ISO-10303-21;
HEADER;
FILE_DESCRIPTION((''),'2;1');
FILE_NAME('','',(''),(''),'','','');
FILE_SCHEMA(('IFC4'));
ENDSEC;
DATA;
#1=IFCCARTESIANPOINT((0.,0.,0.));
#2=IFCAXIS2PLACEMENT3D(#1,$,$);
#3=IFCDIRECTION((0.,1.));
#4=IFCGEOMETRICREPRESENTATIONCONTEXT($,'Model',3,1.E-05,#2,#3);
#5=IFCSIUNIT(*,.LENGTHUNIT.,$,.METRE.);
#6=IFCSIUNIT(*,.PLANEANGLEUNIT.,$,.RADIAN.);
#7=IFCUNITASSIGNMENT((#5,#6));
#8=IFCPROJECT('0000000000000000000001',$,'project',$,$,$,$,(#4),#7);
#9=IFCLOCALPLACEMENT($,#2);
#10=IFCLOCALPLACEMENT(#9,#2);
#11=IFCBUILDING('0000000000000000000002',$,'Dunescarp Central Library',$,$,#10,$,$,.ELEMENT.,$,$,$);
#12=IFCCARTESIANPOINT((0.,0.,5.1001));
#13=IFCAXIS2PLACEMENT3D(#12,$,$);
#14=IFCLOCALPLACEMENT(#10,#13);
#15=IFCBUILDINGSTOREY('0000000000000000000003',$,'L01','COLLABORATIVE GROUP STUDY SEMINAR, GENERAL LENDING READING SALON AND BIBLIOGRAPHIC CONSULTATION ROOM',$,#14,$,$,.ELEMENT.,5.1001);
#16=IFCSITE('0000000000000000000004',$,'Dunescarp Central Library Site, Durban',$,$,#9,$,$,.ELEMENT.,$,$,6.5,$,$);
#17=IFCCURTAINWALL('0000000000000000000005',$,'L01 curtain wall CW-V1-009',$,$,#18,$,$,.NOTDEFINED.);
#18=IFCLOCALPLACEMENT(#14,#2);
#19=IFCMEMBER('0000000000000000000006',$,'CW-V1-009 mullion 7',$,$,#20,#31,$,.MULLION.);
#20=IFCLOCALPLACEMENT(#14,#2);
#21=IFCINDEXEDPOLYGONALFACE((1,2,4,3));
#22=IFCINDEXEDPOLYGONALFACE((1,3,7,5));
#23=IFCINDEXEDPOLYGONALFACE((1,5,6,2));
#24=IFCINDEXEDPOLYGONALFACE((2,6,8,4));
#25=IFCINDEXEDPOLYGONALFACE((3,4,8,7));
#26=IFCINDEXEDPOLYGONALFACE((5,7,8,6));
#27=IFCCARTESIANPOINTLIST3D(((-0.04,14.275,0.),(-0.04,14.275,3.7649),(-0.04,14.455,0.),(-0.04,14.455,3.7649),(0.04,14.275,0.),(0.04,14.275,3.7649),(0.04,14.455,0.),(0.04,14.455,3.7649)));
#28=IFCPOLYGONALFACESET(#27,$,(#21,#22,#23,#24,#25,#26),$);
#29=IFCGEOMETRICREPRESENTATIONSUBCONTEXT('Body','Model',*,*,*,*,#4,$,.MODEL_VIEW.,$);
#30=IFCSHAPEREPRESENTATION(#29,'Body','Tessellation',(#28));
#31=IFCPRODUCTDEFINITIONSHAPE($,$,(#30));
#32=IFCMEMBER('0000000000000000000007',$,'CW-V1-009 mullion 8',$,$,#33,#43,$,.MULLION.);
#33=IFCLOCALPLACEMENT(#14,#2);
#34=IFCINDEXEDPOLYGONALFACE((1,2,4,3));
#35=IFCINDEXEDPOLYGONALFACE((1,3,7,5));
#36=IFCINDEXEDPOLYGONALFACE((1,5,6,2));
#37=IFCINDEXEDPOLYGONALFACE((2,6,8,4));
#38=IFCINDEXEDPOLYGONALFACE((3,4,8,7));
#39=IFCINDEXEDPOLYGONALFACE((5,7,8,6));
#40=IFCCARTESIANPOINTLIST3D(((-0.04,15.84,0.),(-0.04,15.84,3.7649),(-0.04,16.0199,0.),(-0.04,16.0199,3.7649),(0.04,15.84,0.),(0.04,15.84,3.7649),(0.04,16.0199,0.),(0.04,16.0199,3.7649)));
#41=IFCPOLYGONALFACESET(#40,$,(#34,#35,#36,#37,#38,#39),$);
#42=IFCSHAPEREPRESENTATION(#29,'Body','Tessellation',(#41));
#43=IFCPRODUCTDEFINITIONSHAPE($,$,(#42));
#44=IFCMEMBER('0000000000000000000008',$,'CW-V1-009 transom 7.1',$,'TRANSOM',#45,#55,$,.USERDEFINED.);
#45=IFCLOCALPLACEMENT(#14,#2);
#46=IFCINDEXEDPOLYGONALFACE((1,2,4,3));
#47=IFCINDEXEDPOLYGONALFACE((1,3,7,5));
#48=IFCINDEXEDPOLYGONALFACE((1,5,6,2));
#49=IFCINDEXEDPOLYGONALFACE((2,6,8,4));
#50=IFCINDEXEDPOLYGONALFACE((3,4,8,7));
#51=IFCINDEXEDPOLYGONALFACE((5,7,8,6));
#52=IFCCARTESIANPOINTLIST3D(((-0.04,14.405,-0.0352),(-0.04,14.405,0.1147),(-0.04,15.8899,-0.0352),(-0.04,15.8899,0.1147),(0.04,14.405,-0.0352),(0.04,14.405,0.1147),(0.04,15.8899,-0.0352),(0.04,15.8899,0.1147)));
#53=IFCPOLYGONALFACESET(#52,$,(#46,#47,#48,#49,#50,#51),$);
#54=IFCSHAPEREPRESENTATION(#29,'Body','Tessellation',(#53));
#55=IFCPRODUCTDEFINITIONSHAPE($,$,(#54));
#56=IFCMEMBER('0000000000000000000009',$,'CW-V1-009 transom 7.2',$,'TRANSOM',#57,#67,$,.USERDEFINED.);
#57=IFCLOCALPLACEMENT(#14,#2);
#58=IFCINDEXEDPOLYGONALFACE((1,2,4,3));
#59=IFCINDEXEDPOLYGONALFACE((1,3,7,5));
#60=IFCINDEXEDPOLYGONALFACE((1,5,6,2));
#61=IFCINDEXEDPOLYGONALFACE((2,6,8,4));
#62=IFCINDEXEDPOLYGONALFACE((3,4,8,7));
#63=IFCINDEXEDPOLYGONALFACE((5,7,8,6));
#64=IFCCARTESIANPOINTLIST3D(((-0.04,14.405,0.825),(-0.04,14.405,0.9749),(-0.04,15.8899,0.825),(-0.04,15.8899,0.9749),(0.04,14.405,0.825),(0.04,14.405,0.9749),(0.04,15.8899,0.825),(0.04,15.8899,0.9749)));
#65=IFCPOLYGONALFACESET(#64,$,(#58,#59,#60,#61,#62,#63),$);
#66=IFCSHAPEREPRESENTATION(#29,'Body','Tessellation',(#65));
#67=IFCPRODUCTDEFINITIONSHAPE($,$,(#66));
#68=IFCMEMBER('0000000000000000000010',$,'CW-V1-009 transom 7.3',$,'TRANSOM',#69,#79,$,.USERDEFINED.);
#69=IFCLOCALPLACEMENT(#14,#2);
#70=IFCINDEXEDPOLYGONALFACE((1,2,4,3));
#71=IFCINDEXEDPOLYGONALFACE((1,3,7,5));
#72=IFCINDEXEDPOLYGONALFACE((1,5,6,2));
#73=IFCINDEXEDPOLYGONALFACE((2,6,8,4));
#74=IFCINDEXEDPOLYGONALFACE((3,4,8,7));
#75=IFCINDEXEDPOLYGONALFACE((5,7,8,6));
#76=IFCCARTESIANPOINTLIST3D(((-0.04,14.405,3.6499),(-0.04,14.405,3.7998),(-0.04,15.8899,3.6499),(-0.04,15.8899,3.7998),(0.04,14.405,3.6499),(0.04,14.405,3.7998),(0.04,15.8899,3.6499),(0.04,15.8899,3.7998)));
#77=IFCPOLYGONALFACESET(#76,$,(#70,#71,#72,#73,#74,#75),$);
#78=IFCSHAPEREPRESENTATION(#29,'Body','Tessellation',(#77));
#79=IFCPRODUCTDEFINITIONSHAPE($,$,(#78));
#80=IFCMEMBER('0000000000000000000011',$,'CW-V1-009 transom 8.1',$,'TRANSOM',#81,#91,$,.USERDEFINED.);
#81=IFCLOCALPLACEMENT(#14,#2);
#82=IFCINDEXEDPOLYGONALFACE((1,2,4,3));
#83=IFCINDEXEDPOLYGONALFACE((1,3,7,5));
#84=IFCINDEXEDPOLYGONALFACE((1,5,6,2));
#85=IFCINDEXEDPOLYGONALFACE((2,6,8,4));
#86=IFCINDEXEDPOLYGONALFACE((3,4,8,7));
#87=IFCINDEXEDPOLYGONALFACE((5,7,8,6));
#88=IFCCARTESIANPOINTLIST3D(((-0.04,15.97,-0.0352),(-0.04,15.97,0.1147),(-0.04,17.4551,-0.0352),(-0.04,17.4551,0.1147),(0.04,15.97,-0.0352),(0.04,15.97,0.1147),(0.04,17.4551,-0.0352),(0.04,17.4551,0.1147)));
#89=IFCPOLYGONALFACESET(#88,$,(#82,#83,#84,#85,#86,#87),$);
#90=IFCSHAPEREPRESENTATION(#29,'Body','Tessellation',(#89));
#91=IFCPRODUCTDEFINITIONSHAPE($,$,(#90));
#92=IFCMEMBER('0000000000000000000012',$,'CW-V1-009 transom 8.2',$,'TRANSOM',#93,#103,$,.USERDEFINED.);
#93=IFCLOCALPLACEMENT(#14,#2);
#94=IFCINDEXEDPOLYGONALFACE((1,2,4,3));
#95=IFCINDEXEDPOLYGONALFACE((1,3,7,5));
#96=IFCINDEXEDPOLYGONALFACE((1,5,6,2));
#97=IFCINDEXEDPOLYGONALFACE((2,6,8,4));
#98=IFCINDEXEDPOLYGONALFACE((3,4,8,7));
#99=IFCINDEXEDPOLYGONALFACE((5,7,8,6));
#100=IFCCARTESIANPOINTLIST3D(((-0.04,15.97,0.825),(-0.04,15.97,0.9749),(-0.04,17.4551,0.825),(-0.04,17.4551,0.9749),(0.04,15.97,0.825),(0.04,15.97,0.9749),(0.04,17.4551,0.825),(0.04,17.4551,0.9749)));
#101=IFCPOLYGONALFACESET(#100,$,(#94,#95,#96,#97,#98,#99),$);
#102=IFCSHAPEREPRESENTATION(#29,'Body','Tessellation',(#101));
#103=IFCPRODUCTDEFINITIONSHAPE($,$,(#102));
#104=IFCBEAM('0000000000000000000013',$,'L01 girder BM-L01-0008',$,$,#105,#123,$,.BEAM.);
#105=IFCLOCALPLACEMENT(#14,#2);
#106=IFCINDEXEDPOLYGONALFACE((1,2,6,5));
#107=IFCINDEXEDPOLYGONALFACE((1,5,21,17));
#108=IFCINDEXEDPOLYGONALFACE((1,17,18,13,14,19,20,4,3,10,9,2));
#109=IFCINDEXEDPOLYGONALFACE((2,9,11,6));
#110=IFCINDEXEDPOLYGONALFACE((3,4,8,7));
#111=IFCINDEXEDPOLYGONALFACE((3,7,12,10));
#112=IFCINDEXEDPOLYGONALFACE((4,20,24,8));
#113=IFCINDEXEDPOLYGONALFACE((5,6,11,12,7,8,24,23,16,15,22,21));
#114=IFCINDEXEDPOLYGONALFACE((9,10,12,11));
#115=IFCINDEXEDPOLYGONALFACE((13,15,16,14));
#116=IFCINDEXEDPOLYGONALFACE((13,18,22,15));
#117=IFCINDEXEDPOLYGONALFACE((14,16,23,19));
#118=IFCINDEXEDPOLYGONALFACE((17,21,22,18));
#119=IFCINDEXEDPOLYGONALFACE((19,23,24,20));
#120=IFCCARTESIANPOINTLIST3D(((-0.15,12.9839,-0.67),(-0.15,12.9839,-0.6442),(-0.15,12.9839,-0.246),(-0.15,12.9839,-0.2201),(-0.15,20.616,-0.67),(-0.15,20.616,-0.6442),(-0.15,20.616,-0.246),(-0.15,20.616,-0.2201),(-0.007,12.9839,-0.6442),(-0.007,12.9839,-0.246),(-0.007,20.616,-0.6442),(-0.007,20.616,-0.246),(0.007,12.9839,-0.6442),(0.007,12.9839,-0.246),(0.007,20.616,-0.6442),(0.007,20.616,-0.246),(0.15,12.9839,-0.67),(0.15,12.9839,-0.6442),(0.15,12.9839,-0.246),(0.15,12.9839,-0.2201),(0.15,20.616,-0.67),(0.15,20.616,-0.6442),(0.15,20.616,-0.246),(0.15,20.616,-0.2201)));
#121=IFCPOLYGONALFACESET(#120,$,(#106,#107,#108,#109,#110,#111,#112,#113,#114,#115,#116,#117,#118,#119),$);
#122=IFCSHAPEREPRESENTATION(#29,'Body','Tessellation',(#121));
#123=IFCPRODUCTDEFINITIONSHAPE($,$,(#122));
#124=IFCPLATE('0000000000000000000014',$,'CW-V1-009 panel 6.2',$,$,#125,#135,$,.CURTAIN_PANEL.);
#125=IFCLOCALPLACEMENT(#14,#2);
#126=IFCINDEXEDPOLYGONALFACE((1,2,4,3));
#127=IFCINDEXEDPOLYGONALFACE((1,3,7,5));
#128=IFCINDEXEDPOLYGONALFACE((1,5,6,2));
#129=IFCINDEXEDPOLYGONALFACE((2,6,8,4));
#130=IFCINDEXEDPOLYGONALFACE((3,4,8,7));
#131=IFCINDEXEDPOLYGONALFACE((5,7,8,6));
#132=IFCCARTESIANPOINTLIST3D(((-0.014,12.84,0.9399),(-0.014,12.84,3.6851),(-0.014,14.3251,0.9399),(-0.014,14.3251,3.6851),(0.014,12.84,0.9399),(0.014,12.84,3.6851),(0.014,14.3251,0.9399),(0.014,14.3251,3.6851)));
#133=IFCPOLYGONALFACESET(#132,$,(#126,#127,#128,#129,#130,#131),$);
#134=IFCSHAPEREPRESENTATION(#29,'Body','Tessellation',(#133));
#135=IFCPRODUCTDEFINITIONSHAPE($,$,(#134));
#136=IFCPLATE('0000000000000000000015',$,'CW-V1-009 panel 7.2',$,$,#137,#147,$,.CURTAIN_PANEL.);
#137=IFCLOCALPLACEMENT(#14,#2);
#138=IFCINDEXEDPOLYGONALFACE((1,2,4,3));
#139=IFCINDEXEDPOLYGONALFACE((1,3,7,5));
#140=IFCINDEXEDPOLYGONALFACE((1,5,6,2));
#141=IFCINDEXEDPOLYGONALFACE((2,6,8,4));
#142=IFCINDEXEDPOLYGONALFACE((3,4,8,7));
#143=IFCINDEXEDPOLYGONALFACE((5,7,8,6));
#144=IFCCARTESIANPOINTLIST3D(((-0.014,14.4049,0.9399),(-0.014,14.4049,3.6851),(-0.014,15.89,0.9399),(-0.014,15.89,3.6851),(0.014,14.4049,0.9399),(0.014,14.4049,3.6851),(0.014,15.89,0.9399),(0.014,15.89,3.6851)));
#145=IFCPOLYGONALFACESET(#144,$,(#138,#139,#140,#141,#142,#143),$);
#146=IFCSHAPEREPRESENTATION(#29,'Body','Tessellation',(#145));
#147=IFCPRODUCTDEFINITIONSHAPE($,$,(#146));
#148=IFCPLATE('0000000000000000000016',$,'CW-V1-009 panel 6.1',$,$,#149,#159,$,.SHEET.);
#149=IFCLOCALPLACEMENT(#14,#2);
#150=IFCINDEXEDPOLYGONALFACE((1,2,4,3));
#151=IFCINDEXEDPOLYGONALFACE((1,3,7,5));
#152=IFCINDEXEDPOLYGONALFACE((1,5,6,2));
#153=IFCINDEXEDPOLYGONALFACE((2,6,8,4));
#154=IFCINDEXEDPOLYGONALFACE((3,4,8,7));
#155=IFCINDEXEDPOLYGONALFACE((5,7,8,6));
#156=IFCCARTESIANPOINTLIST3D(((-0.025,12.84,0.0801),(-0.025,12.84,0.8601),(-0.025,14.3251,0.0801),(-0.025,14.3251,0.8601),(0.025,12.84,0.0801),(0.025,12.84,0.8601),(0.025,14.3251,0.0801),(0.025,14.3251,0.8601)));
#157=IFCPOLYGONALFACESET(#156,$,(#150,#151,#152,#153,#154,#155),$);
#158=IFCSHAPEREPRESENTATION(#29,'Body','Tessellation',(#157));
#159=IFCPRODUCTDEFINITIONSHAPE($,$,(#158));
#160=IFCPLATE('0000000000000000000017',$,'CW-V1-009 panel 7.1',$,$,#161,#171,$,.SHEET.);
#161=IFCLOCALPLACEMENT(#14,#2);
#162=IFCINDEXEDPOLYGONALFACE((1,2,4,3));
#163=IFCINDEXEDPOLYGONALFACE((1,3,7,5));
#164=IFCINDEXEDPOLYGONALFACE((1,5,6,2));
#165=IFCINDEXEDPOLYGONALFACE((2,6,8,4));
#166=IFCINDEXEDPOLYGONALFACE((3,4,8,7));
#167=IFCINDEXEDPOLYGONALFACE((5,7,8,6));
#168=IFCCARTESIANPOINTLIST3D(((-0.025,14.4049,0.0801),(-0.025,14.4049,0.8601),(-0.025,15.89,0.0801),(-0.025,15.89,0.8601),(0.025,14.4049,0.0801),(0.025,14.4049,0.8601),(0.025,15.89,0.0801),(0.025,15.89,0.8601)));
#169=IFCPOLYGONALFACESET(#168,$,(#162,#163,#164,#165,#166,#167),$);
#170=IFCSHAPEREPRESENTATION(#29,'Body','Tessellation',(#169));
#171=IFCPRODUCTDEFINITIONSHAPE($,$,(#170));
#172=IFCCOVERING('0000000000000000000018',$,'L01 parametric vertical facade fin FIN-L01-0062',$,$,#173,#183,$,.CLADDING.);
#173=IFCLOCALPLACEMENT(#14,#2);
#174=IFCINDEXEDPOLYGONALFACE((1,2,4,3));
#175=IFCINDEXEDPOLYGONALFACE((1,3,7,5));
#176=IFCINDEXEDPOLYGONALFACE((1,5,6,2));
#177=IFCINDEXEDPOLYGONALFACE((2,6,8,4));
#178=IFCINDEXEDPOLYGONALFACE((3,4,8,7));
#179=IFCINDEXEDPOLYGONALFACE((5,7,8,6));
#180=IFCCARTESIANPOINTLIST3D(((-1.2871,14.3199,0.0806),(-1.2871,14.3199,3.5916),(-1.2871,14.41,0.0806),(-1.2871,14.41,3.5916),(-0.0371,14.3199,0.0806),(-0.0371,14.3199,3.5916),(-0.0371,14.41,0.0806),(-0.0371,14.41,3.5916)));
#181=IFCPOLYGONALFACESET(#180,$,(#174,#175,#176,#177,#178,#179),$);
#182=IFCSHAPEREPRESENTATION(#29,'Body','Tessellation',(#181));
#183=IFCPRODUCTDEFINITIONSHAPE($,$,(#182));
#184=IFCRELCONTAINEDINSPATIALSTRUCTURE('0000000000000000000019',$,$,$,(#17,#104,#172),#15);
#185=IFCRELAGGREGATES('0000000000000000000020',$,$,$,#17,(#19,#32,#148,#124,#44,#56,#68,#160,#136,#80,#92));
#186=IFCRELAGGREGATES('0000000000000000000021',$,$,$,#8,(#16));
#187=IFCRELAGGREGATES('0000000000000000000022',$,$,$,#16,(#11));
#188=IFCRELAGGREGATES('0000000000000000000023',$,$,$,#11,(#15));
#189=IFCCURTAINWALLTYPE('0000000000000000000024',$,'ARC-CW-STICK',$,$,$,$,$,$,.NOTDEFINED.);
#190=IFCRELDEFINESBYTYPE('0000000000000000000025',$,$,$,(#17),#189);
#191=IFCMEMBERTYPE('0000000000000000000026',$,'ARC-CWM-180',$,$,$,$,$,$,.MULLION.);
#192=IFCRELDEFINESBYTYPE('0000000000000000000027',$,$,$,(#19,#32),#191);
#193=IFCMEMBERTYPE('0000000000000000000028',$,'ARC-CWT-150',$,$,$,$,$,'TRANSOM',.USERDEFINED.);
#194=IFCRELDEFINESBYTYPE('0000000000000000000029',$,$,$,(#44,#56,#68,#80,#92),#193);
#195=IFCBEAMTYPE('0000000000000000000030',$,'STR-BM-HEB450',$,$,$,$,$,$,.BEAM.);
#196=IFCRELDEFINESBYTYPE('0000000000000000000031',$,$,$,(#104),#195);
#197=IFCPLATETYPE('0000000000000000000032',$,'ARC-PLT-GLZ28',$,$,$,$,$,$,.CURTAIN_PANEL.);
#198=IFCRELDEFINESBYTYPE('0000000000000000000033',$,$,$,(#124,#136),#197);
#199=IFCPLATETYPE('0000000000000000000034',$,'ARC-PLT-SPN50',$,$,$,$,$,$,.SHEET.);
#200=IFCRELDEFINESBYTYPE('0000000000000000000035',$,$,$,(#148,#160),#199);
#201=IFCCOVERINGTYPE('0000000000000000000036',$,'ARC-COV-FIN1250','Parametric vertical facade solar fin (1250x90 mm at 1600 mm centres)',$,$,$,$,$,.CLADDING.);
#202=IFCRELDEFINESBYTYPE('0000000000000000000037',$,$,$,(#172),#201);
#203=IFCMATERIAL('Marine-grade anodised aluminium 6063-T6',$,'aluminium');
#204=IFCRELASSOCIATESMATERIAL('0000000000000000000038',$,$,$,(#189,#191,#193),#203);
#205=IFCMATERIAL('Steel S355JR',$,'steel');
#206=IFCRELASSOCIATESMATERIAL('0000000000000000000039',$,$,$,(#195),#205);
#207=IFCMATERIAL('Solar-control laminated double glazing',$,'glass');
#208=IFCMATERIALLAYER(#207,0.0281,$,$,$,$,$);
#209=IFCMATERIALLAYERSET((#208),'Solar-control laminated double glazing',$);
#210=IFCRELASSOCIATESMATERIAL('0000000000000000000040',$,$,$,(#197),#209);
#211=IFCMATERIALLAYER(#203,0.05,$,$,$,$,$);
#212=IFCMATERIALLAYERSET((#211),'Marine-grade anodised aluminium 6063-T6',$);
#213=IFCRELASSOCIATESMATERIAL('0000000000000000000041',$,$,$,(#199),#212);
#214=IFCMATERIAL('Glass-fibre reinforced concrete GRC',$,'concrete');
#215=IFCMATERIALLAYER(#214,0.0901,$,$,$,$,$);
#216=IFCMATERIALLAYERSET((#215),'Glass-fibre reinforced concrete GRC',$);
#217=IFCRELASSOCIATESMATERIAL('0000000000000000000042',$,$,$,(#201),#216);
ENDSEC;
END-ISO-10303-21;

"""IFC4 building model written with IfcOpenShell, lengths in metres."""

from ifc_helpers import new_model, si_unit, direction, frame, origin, origin_2d, place, context, subcontext, project, spatial, rectangle, i_section, extrude, material, layer, layer_set, material_profile, profile_set, type_object, element, aggregate, save


model = new_model("IFC4")

# Units and contexts
model_context = context("Model", 3, precision=1e-05, world=origin(), true_north=direction((0.0, 1.0)))
body_context = subcontext(model_context, "Body", "Model", "MODEL_VIEW")
ifc_project = project(units=[si_unit("LENGTHUNIT", "METRE"), si_unit("PLANEANGLEUNIT", "RADIAN")], contexts=[model_context])

# Site, building, storey
site_placement = place(None, origin())
site = spatial("IfcSite", under=ifc_project, at=site_placement, Name="Dunescarp Central Library Site, Durban", CompositionType="ELEMENT", RefElevation=6.5)
building_placement = place(site_placement, origin())
building = spatial("IfcBuilding", under=site, at=building_placement, Name="Dunescarp Central Library", CompositionType="ELEMENT")
storey_placement = place(building_placement, frame((0.0, 0.0, 5.1001)))
storey = spatial("IfcBuildingStorey", under=building, at=storey_placement, Name="L01", Description="COLLABORATIVE GROUP STUDY SEMINAR, GENERAL LENDING READING SALON AND BIBLIOGRAPHIC CONSULTATION ROOM", CompositionType="ELEMENT", Elevation=5.1001)

# Curtain wall, members
ifc_material_1 = material(Name="Marine-grade anodised aluminium 6063-T6", Category="aluminium")
curtain_wall_type = type_object("IfcCurtainWallType", Name="ARC-CW-STICK", PredefinedType="NOTDEFINED", material=ifc_material_1)
curtain_wall_placement = place(storey_placement, origin())
curtain_wall = element("IfcCurtainWall", 1, at=curtain_wall_placement, inside=storey, type_object=curtain_wall_type, Name="L01 curtain wall CW-V1-009", PredefinedType="NOTDEFINED")
ifc_material_profile_1 = material_profile(ifc_material_1, rectangle(XDim=0.0801, YDim=0.1799, at=origin_2d()), Name="AL 80x180")
ifc_profile_set_1 = profile_set([ifc_material_profile_1], Name="Marine-grade anodised aluminium 6063-T6")
member_type_1 = type_object("IfcMemberType", Name="ARC-CWM-180", PredefinedType="MULLION", material=ifc_profile_set_1)
member_1_placement = place(storey_placement, frame((0.0, 14.365, 0.0), z_axis=(0.0, 0.0, 1.0), x_axis=(-1.0, 0.0, 0.0)))
member_1 = element("IfcMember", 2, at=member_1_placement, type_object=member_type_1, Name="CW-V1-009 mullion 7", PredefinedType="MULLION", context=body_context, shape_type="SweptSolid", body=[
    extrude(rectangle(XDim=0.0801, YDim=0.1799, at=origin_2d()), origin(), (0.0, 0.0, 1.0), 3.7649),
])
member_2_placement = place(storey_placement, frame((0.0, 15.9299, 0.0), z_axis=(0.0, 0.0, 1.0), x_axis=(-1.0, 0.0, 0.0)))
member_2 = element("IfcMember", 3, at=member_2_placement, type_object=member_type_1, Name="CW-V1-009 mullion 8", PredefinedType="MULLION", context=body_context, shape_type="SweptSolid", body=[
    extrude(rectangle(XDim=0.0801, YDim=0.1799, at=origin_2d()), origin(), (0.0, 0.0, 1.0), 3.7649),
])
ifc_material_profile_2 = material_profile(ifc_material_1, rectangle(XDim=0.0801, YDim=0.1499, at=origin_2d()), Name="AL 80x150")
ifc_profile_set_2 = profile_set([ifc_material_profile_2], Name="Marine-grade anodised aluminium 6063-T6")
member_type_2 = type_object("IfcMemberType", Name="ARC-CWT-150", ElementType="TRANSOM", PredefinedType="USERDEFINED", material=ifc_profile_set_2)
member_3_placement = place(storey_placement, frame((0.0, 14.405, 0.0398), z_axis=(0.0, 1.0, 0.0), x_axis=(-1.0, 0.0, 0.0)))
member_3 = element("IfcMember", 4, at=member_3_placement, type_object=member_type_2, Name="CW-V1-009 transom 7.1", ObjectType="TRANSOM", PredefinedType="USERDEFINED", context=body_context, shape_type="SweptSolid", body=[
    extrude(rectangle(XDim=0.0801, YDim=0.1499, at=origin_2d()), origin(), (0.0, 0.0, 1.0), 1.4849),
])
member_4_placement = place(storey_placement, frame((0.0, 14.405, 0.8999), z_axis=(0.0, 1.0, 0.0), x_axis=(-1.0, 0.0, 0.0)))
member_4 = element("IfcMember", 5, at=member_4_placement, type_object=member_type_2, Name="CW-V1-009 transom 7.2", ObjectType="TRANSOM", PredefinedType="USERDEFINED", context=body_context, shape_type="SweptSolid", body=[
    extrude(rectangle(XDim=0.0801, YDim=0.1499, at=origin_2d()), origin(), (0.0, 0.0, 1.0), 1.4849),
])
member_5_placement = place(storey_placement, frame((0.0, 14.405, 3.7249), z_axis=(0.0, 1.0, 0.0), x_axis=(-1.0, 0.0, 0.0)))
member_5 = element("IfcMember", 6, at=member_5_placement, type_object=member_type_2, Name="CW-V1-009 transom 7.3", ObjectType="TRANSOM", PredefinedType="USERDEFINED", context=body_context, shape_type="SweptSolid", body=[
    extrude(rectangle(XDim=0.0801, YDim=0.1499, at=origin_2d()), origin(), (0.0, 0.0, 1.0), 1.4849),
])
member_6_placement = place(storey_placement, frame((0.0, 15.97, 0.0398), z_axis=(0.0, 1.0, 0.0), x_axis=(-1.0, 0.0, 0.0)))
member_6 = element("IfcMember", 7, at=member_6_placement, type_object=member_type_2, Name="CW-V1-009 transom 8.1", ObjectType="TRANSOM", PredefinedType="USERDEFINED", context=body_context, shape_type="SweptSolid", body=[
    extrude(rectangle(XDim=0.0801, YDim=0.1499, at=origin_2d()), origin(), (0.0, 0.0, 1.0), 1.4851),
])
member_7_placement = place(storey_placement, frame((0.0, 15.97, 0.8999), z_axis=(0.0, 1.0, 0.0), x_axis=(-1.0, 0.0, 0.0)))
member_7 = element("IfcMember", 8, at=member_7_placement, type_object=member_type_2, Name="CW-V1-009 transom 8.2", ObjectType="TRANSOM", PredefinedType="USERDEFINED", context=body_context, shape_type="SweptSolid", body=[
    extrude(rectangle(XDim=0.0801, YDim=0.1499, at=origin_2d()), origin(), (0.0, 0.0, 1.0), 1.4851),
])

# Beam
ifc_material_2 = material(Name="Steel S355JR", Category="steel")
ifc_material_profile_3 = material_profile(ifc_material_2, i_section(OverallWidth=0.3, OverallDepth=0.45, WebThickness=0.0139, FlangeThickness=0.0259, at=origin_2d()), Name="HEB 450")
ifc_profile_set_3 = profile_set([ifc_material_profile_3], Name="Steel S355JR")
beam_type = type_object("IfcBeamType", Name="STR-BM-HEB450", PredefinedType="BEAM", material=ifc_profile_set_3)
beam_placement = place(storey_placement, frame((0.0, 12.9839, -0.4451), z_axis=(0.0, 1.0, 0.0), x_axis=(-1.0, 0.0, 0.0)))
element("IfcBeam", 9, at=beam_placement, inside=storey, type_object=beam_type, Name="L01 girder BM-L01-0008", PredefinedType="BEAM", context=body_context, shape_type="SweptSolid", body=[
    extrude(i_section(OverallWidth=0.3, OverallDepth=0.45, WebThickness=0.0139, FlangeThickness=0.0259, at=origin_2d()), origin(), (0.0, 0.0, 1.0), 7.6321),
])

# Plates
ifc_material_3 = material(Name="Solar-control laminated double glazing", Category="glass")
ifc_layer_1 = layer(ifc_material_3, 0.0281)
ifc_layer_set_1 = layer_set([ifc_layer_1], Name="Solar-control laminated double glazing")
plate_type_1 = type_object("IfcPlateType", Name="ARC-PLT-GLZ28", PredefinedType="CURTAIN_PANEL", material=ifc_layer_set_1)
plate_1_placement = place(storey_placement, frame((0.0, 13.5825, 0.9399), z_axis=(0.0, 0.0, 1.0), x_axis=(0.0, 1.0, 0.0)))
plate_1 = element("IfcPlate", 10, at=plate_1_placement, type_object=plate_type_1, Name="CW-V1-009 panel 6.2", PredefinedType="CURTAIN_PANEL", context=body_context, shape_type="SweptSolid", body=[
    extrude(rectangle(XDim=1.4851, YDim=0.0281, at=origin_2d()), origin(), (0.0, 0.0, 1.0), 2.7451),
])
plate_2_placement = place(storey_placement, frame((0.0, 15.1475, 0.9399), z_axis=(0.0, 0.0, 1.0), x_axis=(0.0, 1.0, 0.0)))
plate_2 = element("IfcPlate", 11, at=plate_2_placement, type_object=plate_type_1, Name="CW-V1-009 panel 7.2", PredefinedType="CURTAIN_PANEL", context=body_context, shape_type="SweptSolid", body=[
    extrude(rectangle(XDim=1.4851, YDim=0.0281, at=origin_2d()), origin(), (0.0, 0.0, 1.0), 2.7451),
])
ifc_layer_2 = layer(ifc_material_1, 0.05)
ifc_layer_set_2 = layer_set([ifc_layer_2], Name="Marine-grade anodised aluminium 6063-T6")
plate_type_2 = type_object("IfcPlateType", Name="ARC-PLT-SPN50", PredefinedType="SHEET", material=ifc_layer_set_2)
plate_3_placement = place(storey_placement, frame((0.0, 13.5825, 0.0801), z_axis=(0.0, 0.0, 1.0), x_axis=(0.0, 1.0, 0.0)))
plate_3 = element("IfcPlate", 12, at=plate_3_placement, type_object=plate_type_2, Name="CW-V1-009 panel 6.1", PredefinedType="SHEET", context=body_context, shape_type="SweptSolid", body=[
    extrude(rectangle(XDim=1.4851, YDim=0.05, at=origin_2d()), origin(), (0.0, 0.0, 1.0), 0.78),
])
plate_4_placement = place(storey_placement, frame((0.0, 15.1475, 0.0801), z_axis=(0.0, 0.0, 1.0), x_axis=(0.0, 1.0, 0.0)))
plate_4 = element("IfcPlate", 13, at=plate_4_placement, type_object=plate_type_2, Name="CW-V1-009 panel 7.1", PredefinedType="SHEET", context=body_context, shape_type="SweptSolid", body=[
    extrude(rectangle(XDim=1.4851, YDim=0.05, at=origin_2d()), origin(), (0.0, 0.0, 1.0), 0.78),
])
aggregate(curtain_wall, [member_1, member_2, plate_3, plate_1, member_3, member_4, member_5, plate_4, plate_2, member_6, member_7])

# Covering
ifc_material_4 = material(Name="Glass-fibre reinforced concrete GRC", Category="concrete")
ifc_layer_3 = layer(ifc_material_4, 0.0901)
ifc_layer_set_3 = layer_set([ifc_layer_3], Name="Glass-fibre reinforced concrete GRC")
covering_type = type_object("IfcCoveringType", Name="ARC-COV-FIN1250", Description="Parametric vertical facade solar fin (1250x90 mm at 1600 mm centres)", PredefinedType="CLADDING", material=ifc_layer_set_3)
covering_1_placement = place(storey_placement, frame((-0.6621, 14.365, 0.0806), z_axis=(0.0, 0.0, 1.0), x_axis=(-1.0, 0.0, 0.0)))
element("IfcCovering", 14, at=covering_1_placement, inside=storey, type_object=covering_type, Name="L01 parametric vertical facade fin FIN-L01-0062", PredefinedType="CLADDING", context=body_context, shape_type="SweptSolid", body=[
    extrude(rectangle(XDim=1.25, YDim=0.0901, at=origin_2d()), origin(), (0.0, 0.0, 1.0), 3.511),
])

save(model, "model.ifc")
